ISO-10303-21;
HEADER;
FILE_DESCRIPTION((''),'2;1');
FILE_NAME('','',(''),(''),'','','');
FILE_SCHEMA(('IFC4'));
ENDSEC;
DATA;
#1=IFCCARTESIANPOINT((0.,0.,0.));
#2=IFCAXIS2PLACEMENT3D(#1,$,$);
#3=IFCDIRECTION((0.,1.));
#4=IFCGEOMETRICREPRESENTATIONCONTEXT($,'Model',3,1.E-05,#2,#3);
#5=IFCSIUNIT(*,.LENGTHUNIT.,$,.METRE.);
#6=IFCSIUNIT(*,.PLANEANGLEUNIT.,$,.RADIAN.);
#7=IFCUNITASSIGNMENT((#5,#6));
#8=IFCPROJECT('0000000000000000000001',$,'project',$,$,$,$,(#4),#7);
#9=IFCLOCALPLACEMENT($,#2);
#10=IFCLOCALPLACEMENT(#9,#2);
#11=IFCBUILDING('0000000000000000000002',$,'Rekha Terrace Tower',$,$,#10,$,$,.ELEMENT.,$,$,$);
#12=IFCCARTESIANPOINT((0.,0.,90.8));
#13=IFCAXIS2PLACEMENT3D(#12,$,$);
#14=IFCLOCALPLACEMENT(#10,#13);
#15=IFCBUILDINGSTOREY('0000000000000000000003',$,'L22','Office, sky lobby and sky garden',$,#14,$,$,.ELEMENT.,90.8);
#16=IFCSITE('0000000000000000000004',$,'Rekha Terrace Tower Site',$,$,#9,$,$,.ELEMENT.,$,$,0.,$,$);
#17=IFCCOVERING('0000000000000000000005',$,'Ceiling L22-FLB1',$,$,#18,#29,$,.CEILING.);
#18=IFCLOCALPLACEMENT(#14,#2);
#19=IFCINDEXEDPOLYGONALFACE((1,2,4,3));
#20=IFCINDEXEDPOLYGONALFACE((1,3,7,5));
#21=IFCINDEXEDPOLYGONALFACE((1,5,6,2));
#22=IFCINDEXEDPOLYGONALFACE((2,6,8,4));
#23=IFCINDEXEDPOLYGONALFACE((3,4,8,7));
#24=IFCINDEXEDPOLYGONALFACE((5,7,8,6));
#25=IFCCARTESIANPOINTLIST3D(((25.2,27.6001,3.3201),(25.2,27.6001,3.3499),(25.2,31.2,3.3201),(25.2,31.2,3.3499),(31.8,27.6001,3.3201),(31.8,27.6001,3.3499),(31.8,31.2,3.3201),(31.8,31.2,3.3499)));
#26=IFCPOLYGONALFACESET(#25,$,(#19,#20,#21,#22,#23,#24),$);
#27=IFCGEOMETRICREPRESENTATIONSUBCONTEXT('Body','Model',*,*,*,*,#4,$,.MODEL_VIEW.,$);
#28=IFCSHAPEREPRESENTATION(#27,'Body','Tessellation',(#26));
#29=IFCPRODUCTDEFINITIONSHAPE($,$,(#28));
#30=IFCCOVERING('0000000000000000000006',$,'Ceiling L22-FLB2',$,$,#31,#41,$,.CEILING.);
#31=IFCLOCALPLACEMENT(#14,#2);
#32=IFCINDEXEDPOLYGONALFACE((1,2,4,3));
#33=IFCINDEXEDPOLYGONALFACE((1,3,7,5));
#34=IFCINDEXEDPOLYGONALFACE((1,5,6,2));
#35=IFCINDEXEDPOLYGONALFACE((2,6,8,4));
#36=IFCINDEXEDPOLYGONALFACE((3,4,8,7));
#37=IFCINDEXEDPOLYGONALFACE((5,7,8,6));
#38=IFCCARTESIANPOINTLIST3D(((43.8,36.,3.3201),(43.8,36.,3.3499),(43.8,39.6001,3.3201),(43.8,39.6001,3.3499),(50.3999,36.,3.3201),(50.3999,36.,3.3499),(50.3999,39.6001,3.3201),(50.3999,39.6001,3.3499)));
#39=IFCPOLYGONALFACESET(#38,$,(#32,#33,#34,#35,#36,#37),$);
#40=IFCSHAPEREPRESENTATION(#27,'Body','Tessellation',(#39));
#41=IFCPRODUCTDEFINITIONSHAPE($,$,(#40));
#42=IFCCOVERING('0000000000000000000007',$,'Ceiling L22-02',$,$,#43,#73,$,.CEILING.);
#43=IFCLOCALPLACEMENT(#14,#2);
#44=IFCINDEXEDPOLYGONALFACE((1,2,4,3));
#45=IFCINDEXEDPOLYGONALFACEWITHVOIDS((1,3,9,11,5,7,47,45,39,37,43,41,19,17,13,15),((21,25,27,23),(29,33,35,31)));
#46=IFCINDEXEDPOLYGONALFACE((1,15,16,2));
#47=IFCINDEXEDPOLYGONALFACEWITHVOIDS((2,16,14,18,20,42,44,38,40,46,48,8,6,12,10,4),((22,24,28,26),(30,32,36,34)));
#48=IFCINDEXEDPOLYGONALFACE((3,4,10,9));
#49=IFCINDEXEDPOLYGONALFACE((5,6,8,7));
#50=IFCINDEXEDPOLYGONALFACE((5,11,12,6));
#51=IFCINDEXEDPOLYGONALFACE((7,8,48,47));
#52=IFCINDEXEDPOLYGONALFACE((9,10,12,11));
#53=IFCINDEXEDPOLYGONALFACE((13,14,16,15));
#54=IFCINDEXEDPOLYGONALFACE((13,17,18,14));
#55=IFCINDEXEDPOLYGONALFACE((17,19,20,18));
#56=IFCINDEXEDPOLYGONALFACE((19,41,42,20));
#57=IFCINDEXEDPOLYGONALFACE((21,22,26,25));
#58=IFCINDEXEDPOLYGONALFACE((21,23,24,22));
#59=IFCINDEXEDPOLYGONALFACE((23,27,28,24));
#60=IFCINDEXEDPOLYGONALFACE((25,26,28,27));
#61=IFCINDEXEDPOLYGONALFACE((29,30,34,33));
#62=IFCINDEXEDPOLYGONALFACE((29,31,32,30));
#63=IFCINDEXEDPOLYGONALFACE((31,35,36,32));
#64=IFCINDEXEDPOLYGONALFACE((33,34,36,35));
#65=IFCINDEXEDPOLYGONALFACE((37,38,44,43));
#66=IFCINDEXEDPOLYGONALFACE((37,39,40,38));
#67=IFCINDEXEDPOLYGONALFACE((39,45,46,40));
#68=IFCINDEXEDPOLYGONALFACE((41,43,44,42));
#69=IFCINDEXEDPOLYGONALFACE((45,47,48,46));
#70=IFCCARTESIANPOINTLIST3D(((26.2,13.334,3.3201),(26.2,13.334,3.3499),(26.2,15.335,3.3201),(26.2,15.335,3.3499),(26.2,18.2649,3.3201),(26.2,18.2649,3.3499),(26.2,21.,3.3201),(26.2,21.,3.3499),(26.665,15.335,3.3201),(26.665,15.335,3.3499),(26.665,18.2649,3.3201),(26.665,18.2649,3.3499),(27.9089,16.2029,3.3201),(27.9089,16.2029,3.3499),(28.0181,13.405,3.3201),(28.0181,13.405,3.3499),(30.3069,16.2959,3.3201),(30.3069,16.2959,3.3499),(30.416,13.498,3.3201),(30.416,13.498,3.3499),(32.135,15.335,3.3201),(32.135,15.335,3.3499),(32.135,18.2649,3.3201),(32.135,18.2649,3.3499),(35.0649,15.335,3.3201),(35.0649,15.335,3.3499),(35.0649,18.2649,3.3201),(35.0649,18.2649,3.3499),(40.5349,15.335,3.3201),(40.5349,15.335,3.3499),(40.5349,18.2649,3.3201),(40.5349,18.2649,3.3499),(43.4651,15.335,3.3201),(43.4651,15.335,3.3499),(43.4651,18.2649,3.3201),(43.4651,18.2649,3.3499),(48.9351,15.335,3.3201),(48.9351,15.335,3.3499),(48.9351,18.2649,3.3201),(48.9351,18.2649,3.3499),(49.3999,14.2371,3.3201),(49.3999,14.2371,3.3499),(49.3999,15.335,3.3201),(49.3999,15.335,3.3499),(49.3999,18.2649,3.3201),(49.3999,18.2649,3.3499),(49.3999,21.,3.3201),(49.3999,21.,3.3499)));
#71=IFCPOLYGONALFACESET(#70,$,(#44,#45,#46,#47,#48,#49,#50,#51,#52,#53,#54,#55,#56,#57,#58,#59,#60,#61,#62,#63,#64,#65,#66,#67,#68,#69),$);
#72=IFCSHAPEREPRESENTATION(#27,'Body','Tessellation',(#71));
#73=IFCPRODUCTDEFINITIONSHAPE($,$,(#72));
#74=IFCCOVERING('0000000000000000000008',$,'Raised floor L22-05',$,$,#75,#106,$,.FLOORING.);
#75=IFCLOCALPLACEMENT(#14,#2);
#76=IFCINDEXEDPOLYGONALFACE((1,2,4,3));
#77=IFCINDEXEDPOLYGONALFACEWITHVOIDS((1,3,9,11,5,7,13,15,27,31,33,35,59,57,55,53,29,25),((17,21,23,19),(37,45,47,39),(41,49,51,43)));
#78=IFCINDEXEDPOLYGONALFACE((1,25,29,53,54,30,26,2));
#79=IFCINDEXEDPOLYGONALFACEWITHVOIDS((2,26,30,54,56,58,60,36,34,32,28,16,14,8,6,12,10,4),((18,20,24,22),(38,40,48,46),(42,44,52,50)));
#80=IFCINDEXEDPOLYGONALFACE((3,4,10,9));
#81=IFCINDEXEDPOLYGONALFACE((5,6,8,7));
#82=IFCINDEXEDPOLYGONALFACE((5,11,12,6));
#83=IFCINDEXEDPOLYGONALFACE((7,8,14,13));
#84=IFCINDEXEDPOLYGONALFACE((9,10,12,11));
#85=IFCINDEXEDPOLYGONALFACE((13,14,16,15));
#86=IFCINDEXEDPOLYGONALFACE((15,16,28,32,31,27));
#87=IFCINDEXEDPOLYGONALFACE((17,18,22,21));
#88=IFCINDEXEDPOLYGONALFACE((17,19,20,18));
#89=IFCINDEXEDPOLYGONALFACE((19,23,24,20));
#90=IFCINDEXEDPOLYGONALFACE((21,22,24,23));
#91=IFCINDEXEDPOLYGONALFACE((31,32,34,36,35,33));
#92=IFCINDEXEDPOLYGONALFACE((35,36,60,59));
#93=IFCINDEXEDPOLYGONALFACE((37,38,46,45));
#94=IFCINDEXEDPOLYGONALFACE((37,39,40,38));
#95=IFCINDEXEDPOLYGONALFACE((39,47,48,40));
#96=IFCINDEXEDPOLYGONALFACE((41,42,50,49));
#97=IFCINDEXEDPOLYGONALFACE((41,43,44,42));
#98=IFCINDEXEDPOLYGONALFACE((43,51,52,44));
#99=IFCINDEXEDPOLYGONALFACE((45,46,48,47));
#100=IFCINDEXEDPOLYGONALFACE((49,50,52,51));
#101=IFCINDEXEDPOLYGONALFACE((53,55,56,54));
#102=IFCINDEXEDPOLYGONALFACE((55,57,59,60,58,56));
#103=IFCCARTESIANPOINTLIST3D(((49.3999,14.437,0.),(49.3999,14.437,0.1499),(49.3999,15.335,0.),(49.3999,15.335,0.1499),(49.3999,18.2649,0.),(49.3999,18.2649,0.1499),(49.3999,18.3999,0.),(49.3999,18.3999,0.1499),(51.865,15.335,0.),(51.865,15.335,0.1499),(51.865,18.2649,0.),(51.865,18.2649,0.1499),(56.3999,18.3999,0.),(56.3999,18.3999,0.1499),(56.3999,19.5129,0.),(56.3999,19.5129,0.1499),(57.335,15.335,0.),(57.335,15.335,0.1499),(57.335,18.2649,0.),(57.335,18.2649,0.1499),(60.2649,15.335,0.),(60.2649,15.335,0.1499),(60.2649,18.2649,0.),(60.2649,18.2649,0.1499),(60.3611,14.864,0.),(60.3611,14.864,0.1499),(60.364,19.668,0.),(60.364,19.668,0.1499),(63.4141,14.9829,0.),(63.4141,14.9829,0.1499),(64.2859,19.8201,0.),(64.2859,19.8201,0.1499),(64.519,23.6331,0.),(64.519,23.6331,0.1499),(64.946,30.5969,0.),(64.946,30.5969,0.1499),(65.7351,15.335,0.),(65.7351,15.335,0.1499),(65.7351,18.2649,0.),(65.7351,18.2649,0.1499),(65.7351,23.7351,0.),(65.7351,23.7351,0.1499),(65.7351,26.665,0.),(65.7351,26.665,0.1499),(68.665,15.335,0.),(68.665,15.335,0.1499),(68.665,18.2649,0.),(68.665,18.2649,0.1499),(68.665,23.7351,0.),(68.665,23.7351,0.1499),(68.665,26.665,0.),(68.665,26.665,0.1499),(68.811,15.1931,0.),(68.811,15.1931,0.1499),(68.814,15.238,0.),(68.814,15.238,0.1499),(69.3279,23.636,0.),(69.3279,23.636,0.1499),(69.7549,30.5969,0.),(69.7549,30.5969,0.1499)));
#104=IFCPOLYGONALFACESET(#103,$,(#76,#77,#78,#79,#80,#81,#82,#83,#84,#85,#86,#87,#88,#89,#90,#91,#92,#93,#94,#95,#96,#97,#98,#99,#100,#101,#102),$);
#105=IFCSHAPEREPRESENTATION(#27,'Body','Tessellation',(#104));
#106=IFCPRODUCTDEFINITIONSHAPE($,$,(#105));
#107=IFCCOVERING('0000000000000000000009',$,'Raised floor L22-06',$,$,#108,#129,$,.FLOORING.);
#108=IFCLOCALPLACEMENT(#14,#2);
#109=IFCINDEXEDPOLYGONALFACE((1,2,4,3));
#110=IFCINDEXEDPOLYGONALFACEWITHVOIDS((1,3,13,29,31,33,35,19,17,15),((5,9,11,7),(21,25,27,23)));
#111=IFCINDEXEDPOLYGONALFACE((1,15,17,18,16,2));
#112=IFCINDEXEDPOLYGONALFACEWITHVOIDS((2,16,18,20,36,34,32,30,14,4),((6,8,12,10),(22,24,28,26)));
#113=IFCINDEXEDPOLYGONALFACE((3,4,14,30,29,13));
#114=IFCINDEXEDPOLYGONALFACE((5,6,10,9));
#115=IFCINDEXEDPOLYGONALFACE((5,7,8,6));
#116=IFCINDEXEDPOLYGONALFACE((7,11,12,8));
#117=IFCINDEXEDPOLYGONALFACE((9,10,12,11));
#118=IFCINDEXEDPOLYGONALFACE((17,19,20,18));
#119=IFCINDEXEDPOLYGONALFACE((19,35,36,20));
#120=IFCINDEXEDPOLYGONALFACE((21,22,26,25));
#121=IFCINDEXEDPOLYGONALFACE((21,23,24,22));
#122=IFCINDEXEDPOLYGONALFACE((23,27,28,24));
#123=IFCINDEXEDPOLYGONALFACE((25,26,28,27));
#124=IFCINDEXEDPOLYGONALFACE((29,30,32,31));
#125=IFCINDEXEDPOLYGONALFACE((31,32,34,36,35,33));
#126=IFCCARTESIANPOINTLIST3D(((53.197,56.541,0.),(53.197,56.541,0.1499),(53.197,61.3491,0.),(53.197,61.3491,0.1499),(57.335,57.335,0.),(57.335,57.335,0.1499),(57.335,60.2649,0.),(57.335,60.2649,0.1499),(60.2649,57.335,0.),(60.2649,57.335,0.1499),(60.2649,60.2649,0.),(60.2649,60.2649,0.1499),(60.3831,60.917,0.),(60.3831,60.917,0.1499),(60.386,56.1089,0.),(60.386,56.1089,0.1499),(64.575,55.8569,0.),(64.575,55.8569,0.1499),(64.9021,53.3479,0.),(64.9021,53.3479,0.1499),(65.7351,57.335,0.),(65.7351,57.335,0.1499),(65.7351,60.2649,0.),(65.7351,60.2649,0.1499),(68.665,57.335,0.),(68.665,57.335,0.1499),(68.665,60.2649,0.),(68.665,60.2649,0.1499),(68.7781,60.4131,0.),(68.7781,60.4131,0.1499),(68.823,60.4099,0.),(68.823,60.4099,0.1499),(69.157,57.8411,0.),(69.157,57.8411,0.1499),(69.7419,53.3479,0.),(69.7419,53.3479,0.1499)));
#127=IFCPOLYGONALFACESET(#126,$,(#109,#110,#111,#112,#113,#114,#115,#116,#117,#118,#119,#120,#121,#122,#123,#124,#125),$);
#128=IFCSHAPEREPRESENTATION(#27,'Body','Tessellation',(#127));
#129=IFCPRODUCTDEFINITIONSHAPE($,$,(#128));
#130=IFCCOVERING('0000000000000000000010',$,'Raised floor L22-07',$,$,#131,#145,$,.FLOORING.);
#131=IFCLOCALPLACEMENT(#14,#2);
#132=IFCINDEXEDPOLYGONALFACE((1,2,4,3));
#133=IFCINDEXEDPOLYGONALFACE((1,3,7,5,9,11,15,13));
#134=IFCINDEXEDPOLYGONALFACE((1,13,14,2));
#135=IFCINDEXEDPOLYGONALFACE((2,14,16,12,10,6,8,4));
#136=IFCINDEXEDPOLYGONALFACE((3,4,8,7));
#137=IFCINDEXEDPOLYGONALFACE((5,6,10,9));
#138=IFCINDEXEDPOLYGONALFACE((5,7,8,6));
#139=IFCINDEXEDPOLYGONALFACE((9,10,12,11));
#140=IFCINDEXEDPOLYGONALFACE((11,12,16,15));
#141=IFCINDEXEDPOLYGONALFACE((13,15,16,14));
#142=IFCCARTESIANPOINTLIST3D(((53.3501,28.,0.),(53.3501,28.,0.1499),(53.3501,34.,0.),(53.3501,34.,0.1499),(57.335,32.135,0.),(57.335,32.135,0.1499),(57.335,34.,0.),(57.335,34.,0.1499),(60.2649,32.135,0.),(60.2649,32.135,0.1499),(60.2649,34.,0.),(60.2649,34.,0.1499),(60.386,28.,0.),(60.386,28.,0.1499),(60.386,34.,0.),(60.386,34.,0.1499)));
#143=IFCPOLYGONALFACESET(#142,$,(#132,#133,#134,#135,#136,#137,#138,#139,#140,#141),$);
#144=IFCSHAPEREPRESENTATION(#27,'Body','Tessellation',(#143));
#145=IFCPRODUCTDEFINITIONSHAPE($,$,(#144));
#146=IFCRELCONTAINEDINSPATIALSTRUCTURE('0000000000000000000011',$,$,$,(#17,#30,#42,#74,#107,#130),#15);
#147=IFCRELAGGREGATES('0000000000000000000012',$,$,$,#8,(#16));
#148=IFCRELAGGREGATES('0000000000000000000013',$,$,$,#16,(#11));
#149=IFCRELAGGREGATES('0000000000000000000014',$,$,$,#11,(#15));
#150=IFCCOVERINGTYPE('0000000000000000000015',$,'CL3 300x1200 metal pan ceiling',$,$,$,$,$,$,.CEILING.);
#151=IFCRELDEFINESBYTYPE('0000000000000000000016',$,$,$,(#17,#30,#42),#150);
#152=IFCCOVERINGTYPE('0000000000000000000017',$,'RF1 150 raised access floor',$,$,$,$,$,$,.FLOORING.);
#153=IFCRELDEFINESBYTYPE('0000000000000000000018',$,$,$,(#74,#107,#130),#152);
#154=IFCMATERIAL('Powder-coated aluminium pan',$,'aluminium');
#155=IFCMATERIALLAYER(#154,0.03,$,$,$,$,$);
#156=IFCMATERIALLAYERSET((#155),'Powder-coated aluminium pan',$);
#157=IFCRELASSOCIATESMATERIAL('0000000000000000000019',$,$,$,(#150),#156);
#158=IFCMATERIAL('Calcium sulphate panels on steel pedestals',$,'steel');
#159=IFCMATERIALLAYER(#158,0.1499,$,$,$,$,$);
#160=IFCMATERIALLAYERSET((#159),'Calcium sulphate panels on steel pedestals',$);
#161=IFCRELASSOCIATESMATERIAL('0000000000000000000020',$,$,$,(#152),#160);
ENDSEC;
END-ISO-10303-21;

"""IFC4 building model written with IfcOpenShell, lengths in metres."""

from ifc_helpers import new_model, si_unit, direction, frame, origin, place, context, subcontext, project, spatial, polyline, outline, extrude, material, layer, layer_set, type_object, element, save


model = new_model("IFC4")

# Units and contexts
model_context = context("Model", 3, precision=1e-05, world=origin(), true_north=direction((0.0, 1.0)))
body_context = subcontext(model_context, "Body", "Model", "MODEL_VIEW")
ifc_project = project(units=[si_unit("LENGTHUNIT", "METRE"), si_unit("PLANEANGLEUNIT", "RADIAN")], contexts=[model_context])

# Site, building, storey
site_placement = place(None, origin())
site = spatial("IfcSite", under=ifc_project, at=site_placement, Name="Rekha Terrace Tower Site", CompositionType="ELEMENT", RefElevation=0.0)
building_placement = place(site_placement, origin())
building = spatial("IfcBuilding", under=site, at=building_placement, Name="Rekha Terrace Tower", CompositionType="ELEMENT")
storey_placement = place(building_placement, frame((0.0, 0.0, 90.8)))
storey = spatial("IfcBuildingStorey", under=building, at=storey_placement, Name="L22", Description="Office, sky lobby and sky garden", CompositionType="ELEMENT", Elevation=90.8)

# Coverings
ifc_material_1 = material(Name="Powder-coated aluminium pan", Category="aluminium")
ifc_layer_1 = layer(ifc_material_1, 0.03)
ifc_layer_set_1 = layer_set([ifc_layer_1], Name="Powder-coated aluminium pan")
covering_type_1 = type_object("IfcCoveringType", Name="CL3 300x1200 metal pan ceiling", PredefinedType="CEILING", material=ifc_layer_set_1)
covering_1_placement = place(storey_placement, frame((0.0, 0.0, 3.3201)))
element("IfcCovering", 1, at=covering_1_placement, inside=storey, type_object=covering_type_1, Name="Ceiling L22-FLB1", PredefinedType="CEILING", context=body_context, shape_type="SweptSolid", body=[
    extrude(outline(polyline([(31.8, 31.2), (25.2, 31.2), (25.2, 27.6001), (31.8, 27.6001), (31.8, 31.2)])), origin(), (0.0, 0.0, 1.0), 0.0298),
])
covering_2_placement = place(storey_placement, frame((0.0, 0.0, 3.3201)))
element("IfcCovering", 2, at=covering_2_placement, inside=storey, type_object=covering_type_1, Name="Ceiling L22-FLB2", PredefinedType="CEILING", context=body_context, shape_type="SweptSolid", body=[
    extrude(outline(polyline([(50.3999, 39.6001), (43.8, 39.6001), (43.8, 36.0), (50.3999, 36.0), (50.3999, 39.6001)])), origin(), (0.0, 0.0, 1.0), 0.0298),
])
covering_3_placement = place(storey_placement, frame((0.0, 0.0, 3.3201)))
element("IfcCovering", 3, at=covering_3_placement, inside=storey, type_object=covering_type_1, Name="Ceiling L22-02", PredefinedType="CEILING", context=body_context, shape_type="SweptSolid", body=[
    extrude(outline(polyline([(26.2, 15.335), (26.2, 13.334), (28.0181, 13.405), (27.9089, 16.2029), (30.3069, 16.2959), (30.416, 13.498), (49.3999, 14.2371), (49.3999, 15.335), (48.9351, 15.335), (48.9351, 18.2649), (49.3999, 18.2649), (49.3999, 21.0), (26.2, 21.0), (26.2, 18.2649), (26.665, 18.2649), (26.665, 15.335), (26.2, 15.335)]), holes=[polyline([(43.4651, 18.2649), (43.4651, 15.335), (40.5349, 15.335), (40.5349, 18.2649), (43.4651, 18.2649)]), polyline([(35.0649, 15.335), (32.135, 15.335), (32.135, 18.2649), (35.0649, 18.2649), (35.0649, 15.335)])]), origin(), (0.0, 0.0, 1.0), 0.0298),
])
ifc_material_2 = material(Name="Calcium sulphate panels on steel pedestals", Category="steel")
ifc_layer_2 = layer(ifc_material_2, 0.1499)
ifc_layer_set_2 = layer_set([ifc_layer_2], Name="Calcium sulphate panels on steel pedestals")
covering_type_2 = type_object("IfcCoveringType", Name="RF1 150 raised access floor", PredefinedType="FLOORING", material=ifc_layer_set_2)
covering_4_placement = place(storey_placement, origin())
element("IfcCovering", 4, at=covering_4_placement, inside=storey, type_object=covering_type_2, Name="Raised floor L22-05", PredefinedType="FLOORING", context=body_context, shape_type="SweptSolid", body=[
    extrude(outline(polyline([(56.3999, 19.5129), (56.3999, 18.3999), (49.3999, 18.3999), (49.3999, 18.2649), (51.865, 18.2649), (51.865, 15.335), (49.3999, 15.335), (49.3999, 14.437), (60.3611, 14.864), (63.4141, 14.9829), (68.811, 15.1931), (68.814, 15.238), (69.3279, 23.636), (69.7549, 30.5969), (64.946, 30.5969), (64.519, 23.6331), (64.2859, 19.8201), (60.364, 19.668), (56.3999, 19.5129)]), holes=[polyline([(68.665, 15.335), (65.7351, 15.335), (65.7351, 18.2649), (68.665, 18.2649), (68.665, 15.335)]), polyline([(68.665, 23.7351), (65.7351, 23.7351), (65.7351, 26.665), (68.665, 26.665), (68.665, 23.7351)]), polyline([(60.2649, 15.335), (57.335, 15.335), (57.335, 18.2649), (60.2649, 18.2649), (60.2649, 15.335)])]), origin(), (0.0, 0.0, 1.0), 0.1499),
])
covering_5_placement = place(storey_placement, origin())
element("IfcCovering", 5, at=covering_5_placement, inside=storey, type_object=covering_type_2, Name="Raised floor L22-06", PredefinedType="FLOORING", context=body_context, shape_type="SweptSolid", body=[
    extrude(outline(polyline([(68.7781, 60.4131), (60.3831, 60.917), (53.197, 61.3491), (53.197, 56.541), (60.386, 56.1089), (64.575, 55.8569), (64.9021, 53.3479), (69.7419, 53.3479), (69.157, 57.8411), (68.823, 60.4099), (68.7781, 60.4131)]), holes=[polyline([(68.665, 57.335), (65.7351, 57.335), (65.7351, 60.2649), (68.665, 60.2649), (68.665, 57.335)]), polyline([(60.2649, 57.335), (57.335, 57.335), (57.335, 60.2649), (60.2649, 60.2649), (60.2649, 57.335)])]), origin(), (0.0, 0.0, 1.0), 0.1499),
])
covering_6_placement = place(storey_placement, origin())
element("IfcCovering", 6, at=covering_6_placement, inside=storey, type_object=covering_type_2, Name="Raised floor L22-07", PredefinedType="FLOORING", context=body_context, shape_type="SweptSolid", body=[
    extrude(outline(polyline([(57.335, 32.135), (57.335, 34.0), (53.3501, 34.0), (53.3501, 28.0), (60.386, 28.0), (60.386, 34.0), (60.2649, 34.0), (60.2649, 32.135), (57.335, 32.135)])), origin(), (0.0, 0.0, 1.0), 0.1499),
])

save(model, "model.ifc")
